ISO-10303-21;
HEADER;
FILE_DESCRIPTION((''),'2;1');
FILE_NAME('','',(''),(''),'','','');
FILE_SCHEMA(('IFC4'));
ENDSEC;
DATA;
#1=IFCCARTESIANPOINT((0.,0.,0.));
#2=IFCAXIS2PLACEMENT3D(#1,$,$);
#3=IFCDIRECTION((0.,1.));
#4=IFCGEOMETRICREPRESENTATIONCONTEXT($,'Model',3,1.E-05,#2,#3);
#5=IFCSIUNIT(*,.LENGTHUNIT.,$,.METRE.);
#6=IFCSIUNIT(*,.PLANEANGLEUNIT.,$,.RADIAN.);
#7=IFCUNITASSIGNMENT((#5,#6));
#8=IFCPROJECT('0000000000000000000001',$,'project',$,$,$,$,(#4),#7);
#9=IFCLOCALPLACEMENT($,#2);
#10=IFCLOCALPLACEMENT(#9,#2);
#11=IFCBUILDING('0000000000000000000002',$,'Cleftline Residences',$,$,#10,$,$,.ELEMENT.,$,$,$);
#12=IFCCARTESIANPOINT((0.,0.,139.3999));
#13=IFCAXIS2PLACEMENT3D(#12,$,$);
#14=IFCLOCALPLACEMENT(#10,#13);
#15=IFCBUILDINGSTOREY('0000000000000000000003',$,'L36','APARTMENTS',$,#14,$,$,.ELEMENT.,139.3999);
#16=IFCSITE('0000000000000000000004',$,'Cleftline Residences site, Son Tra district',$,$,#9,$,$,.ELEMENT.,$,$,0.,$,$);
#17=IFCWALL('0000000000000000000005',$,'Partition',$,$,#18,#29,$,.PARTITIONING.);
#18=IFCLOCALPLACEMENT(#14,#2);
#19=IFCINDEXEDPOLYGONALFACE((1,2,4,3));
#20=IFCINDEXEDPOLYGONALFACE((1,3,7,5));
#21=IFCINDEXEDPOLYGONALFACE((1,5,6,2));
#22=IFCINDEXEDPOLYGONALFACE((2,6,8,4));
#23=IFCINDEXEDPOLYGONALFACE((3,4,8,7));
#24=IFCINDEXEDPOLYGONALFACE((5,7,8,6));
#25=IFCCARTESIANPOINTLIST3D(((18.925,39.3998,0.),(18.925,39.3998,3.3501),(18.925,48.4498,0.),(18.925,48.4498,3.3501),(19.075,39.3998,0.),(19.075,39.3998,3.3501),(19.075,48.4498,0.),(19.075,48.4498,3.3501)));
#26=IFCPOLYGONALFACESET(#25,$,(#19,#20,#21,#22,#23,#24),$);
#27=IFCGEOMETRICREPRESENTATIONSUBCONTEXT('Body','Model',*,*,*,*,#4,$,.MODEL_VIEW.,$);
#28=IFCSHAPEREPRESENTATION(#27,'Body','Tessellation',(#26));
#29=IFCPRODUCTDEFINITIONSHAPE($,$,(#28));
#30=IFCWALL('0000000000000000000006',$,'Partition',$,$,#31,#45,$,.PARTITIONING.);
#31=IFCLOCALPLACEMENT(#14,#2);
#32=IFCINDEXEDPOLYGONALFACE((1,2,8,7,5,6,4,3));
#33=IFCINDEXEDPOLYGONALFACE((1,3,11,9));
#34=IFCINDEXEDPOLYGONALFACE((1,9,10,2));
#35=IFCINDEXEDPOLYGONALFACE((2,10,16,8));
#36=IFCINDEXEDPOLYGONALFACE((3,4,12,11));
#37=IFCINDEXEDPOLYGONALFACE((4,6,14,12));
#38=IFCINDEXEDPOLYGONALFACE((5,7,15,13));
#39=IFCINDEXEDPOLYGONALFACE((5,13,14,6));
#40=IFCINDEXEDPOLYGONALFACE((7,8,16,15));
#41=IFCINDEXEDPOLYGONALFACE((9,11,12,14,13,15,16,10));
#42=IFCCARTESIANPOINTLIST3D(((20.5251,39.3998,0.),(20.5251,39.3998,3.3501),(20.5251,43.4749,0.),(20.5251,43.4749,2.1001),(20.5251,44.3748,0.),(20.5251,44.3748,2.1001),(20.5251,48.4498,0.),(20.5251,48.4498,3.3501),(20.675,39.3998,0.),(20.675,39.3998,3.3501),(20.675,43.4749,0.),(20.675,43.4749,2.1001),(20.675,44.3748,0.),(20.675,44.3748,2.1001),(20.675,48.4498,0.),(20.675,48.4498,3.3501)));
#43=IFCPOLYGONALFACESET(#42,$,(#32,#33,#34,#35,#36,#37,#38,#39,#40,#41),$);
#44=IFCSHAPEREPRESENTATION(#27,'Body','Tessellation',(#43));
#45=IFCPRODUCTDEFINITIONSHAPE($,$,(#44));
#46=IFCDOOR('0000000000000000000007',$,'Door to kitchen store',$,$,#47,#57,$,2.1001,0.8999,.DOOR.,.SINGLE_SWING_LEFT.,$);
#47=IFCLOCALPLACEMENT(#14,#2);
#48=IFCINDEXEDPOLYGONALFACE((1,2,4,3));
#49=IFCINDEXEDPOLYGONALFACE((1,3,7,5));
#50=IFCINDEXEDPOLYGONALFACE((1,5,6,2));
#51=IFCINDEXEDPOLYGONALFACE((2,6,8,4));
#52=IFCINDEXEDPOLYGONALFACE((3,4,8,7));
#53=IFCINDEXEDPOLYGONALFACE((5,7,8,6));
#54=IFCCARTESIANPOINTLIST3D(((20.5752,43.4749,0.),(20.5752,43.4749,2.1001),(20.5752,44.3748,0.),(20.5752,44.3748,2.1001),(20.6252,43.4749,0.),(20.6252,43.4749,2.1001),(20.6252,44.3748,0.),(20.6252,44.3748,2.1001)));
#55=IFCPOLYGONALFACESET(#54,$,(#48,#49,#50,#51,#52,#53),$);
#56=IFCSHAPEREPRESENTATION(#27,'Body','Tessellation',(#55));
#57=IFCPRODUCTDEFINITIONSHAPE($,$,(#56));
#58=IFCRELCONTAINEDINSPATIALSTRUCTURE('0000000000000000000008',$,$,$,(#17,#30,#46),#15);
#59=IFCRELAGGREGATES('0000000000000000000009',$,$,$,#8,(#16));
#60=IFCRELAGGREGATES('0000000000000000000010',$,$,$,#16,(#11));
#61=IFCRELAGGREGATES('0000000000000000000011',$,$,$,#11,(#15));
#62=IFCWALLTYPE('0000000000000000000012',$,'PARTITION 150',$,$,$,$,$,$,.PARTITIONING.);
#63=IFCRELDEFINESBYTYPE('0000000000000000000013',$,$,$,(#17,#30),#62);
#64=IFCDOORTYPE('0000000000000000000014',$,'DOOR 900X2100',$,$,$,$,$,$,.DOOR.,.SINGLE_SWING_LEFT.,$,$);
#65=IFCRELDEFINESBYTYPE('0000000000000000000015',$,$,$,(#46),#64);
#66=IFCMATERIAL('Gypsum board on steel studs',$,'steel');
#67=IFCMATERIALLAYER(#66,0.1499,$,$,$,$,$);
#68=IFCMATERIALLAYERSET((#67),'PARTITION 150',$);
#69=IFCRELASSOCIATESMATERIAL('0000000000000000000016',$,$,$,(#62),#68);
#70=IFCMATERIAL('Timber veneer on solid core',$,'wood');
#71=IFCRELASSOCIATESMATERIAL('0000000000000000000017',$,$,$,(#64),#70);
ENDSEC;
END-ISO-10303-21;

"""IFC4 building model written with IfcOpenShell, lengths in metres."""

from ifc_helpers import new_model, si_unit, direction, frame, frame_2d, origin, place, context, subcontext, project, spatial, rectangle, extrude, material, layer, layer_set, type_object, element, fill, save


model = new_model("IFC4")

# Units and contexts
model_context = context("Model", 3, precision=1e-05, world=origin(), true_north=direction((0.0, 1.0)))
body_context = subcontext(model_context, "Body", "Model", "MODEL_VIEW")
ifc_project = project(units=[si_unit("LENGTHUNIT", "METRE"), si_unit("PLANEANGLEUNIT", "RADIAN")], contexts=[model_context])

# Site, building, storey
site_placement = place(None, origin())
site = spatial("IfcSite", under=ifc_project, at=site_placement, Name="Cleftline Residences site, Son Tra district", CompositionType="ELEMENT", RefElevation=0.0)
building_placement = place(site_placement, origin())
building = spatial("IfcBuilding", under=site, at=building_placement, Name="Cleftline Residences", CompositionType="ELEMENT")
storey_placement = place(building_placement, frame((0.0, 0.0, 139.3999)))
storey = spatial("IfcBuildingStorey", under=building, at=storey_placement, Name="L36", Description="APARTMENTS", CompositionType="ELEMENT", Elevation=139.3999)

# Shared definitions
ifc_material_1 = material(Name="Gypsum board on steel studs", Category="steel")
ifc_layer = layer(ifc_material_1, 0.1499)
ifc_layer_set = layer_set([ifc_layer], Name="PARTITION 150")
wall_type = type_object("IfcWallType", Name="PARTITION 150", PredefinedType="PARTITIONING", material=ifc_layer_set)

# Wall
wall_1_placement = place(storey_placement, frame((19.0, 39.3999, 0.0), z_axis=(0.0, 0.0, 1.0), x_axis=(0.0, 1.0, 0.0)))
element("IfcWall", 1, at=wall_1_placement, inside=storey, type_object=wall_type, Name="Partition", PredefinedType="PARTITIONING", context=body_context, shape_type="SweptSolid", body=[
    extrude(rectangle(XDim=9.05, YDim=0.1499, at=frame_2d((4.5249, 0.0))), origin(), (0.0, 0.0, 1.0), 3.3501),
])

# Wall, opening, door
wall_2_placement = place(storey_placement, frame((20.6001, 39.3999, 0.0), z_axis=(0.0, 0.0, 1.0), x_axis=(0.0, 1.0, 0.0)))
wall_2 = element("IfcWall", 2, at=wall_2_placement, inside=storey, type_object=wall_type, Name="Partition", PredefinedType="PARTITIONING", context=body_context, shape_type="SweptSolid", body=[
    extrude(rectangle(XDim=9.05, YDim=0.1499, at=frame_2d((4.5249, 0.0))), origin(), (0.0, 0.0, 1.0), 3.3501),
])
opening_1_placement = place(wall_2_placement, frame((4.075, 0.0, 0.0)))
opening_1 = element("IfcOpeningElement", 3, at=opening_1_placement, cuts=wall_2, PredefinedType="OPENING", context=body_context, shape_type="SweptSolid", body=[
    extrude(rectangle(XDim=0.8999, YDim=2.1001, at=frame_2d((0.45, 1.05))), frame((0.0, 0.085, 0.0), z_axis=(0.0, -1.0, 0.0), x_axis=(1.0, 0.0, 0.0)), (0.0, 0.0, 1.0), 0.1699),
])
ifc_material_2 = material(Name="Timber veneer on solid core", Category="wood")
door_type_1 = type_object("IfcDoorType", Name="DOOR 900X2100", OperationType="SINGLE_SWING_LEFT", PredefinedType="DOOR", material=ifc_material_2)
door_1_placement = place(opening_1_placement, origin())
door_1 = element("IfcDoor", 4, at=door_1_placement, inside=storey, type_object=door_type_1, Name="Door to kitchen store", OperationType="SINGLE_SWING_LEFT", OverallHeight=2.1001, OverallWidth=0.8999, PredefinedType="DOOR", context=body_context, shape_type="SweptSolid", body=[
    extrude(rectangle(XDim=0.8999, YDim=2.1001, at=frame_2d((0.45, 1.05))), frame((0.0, 0.0249, 0.0), z_axis=(0.0, -1.0, 0.0), x_axis=(1.0, 0.0, 0.0)), (0.0, 0.0, 1.0), 0.05),
])
fill(opening_1, door_1)

save(model, "model.ifc")
